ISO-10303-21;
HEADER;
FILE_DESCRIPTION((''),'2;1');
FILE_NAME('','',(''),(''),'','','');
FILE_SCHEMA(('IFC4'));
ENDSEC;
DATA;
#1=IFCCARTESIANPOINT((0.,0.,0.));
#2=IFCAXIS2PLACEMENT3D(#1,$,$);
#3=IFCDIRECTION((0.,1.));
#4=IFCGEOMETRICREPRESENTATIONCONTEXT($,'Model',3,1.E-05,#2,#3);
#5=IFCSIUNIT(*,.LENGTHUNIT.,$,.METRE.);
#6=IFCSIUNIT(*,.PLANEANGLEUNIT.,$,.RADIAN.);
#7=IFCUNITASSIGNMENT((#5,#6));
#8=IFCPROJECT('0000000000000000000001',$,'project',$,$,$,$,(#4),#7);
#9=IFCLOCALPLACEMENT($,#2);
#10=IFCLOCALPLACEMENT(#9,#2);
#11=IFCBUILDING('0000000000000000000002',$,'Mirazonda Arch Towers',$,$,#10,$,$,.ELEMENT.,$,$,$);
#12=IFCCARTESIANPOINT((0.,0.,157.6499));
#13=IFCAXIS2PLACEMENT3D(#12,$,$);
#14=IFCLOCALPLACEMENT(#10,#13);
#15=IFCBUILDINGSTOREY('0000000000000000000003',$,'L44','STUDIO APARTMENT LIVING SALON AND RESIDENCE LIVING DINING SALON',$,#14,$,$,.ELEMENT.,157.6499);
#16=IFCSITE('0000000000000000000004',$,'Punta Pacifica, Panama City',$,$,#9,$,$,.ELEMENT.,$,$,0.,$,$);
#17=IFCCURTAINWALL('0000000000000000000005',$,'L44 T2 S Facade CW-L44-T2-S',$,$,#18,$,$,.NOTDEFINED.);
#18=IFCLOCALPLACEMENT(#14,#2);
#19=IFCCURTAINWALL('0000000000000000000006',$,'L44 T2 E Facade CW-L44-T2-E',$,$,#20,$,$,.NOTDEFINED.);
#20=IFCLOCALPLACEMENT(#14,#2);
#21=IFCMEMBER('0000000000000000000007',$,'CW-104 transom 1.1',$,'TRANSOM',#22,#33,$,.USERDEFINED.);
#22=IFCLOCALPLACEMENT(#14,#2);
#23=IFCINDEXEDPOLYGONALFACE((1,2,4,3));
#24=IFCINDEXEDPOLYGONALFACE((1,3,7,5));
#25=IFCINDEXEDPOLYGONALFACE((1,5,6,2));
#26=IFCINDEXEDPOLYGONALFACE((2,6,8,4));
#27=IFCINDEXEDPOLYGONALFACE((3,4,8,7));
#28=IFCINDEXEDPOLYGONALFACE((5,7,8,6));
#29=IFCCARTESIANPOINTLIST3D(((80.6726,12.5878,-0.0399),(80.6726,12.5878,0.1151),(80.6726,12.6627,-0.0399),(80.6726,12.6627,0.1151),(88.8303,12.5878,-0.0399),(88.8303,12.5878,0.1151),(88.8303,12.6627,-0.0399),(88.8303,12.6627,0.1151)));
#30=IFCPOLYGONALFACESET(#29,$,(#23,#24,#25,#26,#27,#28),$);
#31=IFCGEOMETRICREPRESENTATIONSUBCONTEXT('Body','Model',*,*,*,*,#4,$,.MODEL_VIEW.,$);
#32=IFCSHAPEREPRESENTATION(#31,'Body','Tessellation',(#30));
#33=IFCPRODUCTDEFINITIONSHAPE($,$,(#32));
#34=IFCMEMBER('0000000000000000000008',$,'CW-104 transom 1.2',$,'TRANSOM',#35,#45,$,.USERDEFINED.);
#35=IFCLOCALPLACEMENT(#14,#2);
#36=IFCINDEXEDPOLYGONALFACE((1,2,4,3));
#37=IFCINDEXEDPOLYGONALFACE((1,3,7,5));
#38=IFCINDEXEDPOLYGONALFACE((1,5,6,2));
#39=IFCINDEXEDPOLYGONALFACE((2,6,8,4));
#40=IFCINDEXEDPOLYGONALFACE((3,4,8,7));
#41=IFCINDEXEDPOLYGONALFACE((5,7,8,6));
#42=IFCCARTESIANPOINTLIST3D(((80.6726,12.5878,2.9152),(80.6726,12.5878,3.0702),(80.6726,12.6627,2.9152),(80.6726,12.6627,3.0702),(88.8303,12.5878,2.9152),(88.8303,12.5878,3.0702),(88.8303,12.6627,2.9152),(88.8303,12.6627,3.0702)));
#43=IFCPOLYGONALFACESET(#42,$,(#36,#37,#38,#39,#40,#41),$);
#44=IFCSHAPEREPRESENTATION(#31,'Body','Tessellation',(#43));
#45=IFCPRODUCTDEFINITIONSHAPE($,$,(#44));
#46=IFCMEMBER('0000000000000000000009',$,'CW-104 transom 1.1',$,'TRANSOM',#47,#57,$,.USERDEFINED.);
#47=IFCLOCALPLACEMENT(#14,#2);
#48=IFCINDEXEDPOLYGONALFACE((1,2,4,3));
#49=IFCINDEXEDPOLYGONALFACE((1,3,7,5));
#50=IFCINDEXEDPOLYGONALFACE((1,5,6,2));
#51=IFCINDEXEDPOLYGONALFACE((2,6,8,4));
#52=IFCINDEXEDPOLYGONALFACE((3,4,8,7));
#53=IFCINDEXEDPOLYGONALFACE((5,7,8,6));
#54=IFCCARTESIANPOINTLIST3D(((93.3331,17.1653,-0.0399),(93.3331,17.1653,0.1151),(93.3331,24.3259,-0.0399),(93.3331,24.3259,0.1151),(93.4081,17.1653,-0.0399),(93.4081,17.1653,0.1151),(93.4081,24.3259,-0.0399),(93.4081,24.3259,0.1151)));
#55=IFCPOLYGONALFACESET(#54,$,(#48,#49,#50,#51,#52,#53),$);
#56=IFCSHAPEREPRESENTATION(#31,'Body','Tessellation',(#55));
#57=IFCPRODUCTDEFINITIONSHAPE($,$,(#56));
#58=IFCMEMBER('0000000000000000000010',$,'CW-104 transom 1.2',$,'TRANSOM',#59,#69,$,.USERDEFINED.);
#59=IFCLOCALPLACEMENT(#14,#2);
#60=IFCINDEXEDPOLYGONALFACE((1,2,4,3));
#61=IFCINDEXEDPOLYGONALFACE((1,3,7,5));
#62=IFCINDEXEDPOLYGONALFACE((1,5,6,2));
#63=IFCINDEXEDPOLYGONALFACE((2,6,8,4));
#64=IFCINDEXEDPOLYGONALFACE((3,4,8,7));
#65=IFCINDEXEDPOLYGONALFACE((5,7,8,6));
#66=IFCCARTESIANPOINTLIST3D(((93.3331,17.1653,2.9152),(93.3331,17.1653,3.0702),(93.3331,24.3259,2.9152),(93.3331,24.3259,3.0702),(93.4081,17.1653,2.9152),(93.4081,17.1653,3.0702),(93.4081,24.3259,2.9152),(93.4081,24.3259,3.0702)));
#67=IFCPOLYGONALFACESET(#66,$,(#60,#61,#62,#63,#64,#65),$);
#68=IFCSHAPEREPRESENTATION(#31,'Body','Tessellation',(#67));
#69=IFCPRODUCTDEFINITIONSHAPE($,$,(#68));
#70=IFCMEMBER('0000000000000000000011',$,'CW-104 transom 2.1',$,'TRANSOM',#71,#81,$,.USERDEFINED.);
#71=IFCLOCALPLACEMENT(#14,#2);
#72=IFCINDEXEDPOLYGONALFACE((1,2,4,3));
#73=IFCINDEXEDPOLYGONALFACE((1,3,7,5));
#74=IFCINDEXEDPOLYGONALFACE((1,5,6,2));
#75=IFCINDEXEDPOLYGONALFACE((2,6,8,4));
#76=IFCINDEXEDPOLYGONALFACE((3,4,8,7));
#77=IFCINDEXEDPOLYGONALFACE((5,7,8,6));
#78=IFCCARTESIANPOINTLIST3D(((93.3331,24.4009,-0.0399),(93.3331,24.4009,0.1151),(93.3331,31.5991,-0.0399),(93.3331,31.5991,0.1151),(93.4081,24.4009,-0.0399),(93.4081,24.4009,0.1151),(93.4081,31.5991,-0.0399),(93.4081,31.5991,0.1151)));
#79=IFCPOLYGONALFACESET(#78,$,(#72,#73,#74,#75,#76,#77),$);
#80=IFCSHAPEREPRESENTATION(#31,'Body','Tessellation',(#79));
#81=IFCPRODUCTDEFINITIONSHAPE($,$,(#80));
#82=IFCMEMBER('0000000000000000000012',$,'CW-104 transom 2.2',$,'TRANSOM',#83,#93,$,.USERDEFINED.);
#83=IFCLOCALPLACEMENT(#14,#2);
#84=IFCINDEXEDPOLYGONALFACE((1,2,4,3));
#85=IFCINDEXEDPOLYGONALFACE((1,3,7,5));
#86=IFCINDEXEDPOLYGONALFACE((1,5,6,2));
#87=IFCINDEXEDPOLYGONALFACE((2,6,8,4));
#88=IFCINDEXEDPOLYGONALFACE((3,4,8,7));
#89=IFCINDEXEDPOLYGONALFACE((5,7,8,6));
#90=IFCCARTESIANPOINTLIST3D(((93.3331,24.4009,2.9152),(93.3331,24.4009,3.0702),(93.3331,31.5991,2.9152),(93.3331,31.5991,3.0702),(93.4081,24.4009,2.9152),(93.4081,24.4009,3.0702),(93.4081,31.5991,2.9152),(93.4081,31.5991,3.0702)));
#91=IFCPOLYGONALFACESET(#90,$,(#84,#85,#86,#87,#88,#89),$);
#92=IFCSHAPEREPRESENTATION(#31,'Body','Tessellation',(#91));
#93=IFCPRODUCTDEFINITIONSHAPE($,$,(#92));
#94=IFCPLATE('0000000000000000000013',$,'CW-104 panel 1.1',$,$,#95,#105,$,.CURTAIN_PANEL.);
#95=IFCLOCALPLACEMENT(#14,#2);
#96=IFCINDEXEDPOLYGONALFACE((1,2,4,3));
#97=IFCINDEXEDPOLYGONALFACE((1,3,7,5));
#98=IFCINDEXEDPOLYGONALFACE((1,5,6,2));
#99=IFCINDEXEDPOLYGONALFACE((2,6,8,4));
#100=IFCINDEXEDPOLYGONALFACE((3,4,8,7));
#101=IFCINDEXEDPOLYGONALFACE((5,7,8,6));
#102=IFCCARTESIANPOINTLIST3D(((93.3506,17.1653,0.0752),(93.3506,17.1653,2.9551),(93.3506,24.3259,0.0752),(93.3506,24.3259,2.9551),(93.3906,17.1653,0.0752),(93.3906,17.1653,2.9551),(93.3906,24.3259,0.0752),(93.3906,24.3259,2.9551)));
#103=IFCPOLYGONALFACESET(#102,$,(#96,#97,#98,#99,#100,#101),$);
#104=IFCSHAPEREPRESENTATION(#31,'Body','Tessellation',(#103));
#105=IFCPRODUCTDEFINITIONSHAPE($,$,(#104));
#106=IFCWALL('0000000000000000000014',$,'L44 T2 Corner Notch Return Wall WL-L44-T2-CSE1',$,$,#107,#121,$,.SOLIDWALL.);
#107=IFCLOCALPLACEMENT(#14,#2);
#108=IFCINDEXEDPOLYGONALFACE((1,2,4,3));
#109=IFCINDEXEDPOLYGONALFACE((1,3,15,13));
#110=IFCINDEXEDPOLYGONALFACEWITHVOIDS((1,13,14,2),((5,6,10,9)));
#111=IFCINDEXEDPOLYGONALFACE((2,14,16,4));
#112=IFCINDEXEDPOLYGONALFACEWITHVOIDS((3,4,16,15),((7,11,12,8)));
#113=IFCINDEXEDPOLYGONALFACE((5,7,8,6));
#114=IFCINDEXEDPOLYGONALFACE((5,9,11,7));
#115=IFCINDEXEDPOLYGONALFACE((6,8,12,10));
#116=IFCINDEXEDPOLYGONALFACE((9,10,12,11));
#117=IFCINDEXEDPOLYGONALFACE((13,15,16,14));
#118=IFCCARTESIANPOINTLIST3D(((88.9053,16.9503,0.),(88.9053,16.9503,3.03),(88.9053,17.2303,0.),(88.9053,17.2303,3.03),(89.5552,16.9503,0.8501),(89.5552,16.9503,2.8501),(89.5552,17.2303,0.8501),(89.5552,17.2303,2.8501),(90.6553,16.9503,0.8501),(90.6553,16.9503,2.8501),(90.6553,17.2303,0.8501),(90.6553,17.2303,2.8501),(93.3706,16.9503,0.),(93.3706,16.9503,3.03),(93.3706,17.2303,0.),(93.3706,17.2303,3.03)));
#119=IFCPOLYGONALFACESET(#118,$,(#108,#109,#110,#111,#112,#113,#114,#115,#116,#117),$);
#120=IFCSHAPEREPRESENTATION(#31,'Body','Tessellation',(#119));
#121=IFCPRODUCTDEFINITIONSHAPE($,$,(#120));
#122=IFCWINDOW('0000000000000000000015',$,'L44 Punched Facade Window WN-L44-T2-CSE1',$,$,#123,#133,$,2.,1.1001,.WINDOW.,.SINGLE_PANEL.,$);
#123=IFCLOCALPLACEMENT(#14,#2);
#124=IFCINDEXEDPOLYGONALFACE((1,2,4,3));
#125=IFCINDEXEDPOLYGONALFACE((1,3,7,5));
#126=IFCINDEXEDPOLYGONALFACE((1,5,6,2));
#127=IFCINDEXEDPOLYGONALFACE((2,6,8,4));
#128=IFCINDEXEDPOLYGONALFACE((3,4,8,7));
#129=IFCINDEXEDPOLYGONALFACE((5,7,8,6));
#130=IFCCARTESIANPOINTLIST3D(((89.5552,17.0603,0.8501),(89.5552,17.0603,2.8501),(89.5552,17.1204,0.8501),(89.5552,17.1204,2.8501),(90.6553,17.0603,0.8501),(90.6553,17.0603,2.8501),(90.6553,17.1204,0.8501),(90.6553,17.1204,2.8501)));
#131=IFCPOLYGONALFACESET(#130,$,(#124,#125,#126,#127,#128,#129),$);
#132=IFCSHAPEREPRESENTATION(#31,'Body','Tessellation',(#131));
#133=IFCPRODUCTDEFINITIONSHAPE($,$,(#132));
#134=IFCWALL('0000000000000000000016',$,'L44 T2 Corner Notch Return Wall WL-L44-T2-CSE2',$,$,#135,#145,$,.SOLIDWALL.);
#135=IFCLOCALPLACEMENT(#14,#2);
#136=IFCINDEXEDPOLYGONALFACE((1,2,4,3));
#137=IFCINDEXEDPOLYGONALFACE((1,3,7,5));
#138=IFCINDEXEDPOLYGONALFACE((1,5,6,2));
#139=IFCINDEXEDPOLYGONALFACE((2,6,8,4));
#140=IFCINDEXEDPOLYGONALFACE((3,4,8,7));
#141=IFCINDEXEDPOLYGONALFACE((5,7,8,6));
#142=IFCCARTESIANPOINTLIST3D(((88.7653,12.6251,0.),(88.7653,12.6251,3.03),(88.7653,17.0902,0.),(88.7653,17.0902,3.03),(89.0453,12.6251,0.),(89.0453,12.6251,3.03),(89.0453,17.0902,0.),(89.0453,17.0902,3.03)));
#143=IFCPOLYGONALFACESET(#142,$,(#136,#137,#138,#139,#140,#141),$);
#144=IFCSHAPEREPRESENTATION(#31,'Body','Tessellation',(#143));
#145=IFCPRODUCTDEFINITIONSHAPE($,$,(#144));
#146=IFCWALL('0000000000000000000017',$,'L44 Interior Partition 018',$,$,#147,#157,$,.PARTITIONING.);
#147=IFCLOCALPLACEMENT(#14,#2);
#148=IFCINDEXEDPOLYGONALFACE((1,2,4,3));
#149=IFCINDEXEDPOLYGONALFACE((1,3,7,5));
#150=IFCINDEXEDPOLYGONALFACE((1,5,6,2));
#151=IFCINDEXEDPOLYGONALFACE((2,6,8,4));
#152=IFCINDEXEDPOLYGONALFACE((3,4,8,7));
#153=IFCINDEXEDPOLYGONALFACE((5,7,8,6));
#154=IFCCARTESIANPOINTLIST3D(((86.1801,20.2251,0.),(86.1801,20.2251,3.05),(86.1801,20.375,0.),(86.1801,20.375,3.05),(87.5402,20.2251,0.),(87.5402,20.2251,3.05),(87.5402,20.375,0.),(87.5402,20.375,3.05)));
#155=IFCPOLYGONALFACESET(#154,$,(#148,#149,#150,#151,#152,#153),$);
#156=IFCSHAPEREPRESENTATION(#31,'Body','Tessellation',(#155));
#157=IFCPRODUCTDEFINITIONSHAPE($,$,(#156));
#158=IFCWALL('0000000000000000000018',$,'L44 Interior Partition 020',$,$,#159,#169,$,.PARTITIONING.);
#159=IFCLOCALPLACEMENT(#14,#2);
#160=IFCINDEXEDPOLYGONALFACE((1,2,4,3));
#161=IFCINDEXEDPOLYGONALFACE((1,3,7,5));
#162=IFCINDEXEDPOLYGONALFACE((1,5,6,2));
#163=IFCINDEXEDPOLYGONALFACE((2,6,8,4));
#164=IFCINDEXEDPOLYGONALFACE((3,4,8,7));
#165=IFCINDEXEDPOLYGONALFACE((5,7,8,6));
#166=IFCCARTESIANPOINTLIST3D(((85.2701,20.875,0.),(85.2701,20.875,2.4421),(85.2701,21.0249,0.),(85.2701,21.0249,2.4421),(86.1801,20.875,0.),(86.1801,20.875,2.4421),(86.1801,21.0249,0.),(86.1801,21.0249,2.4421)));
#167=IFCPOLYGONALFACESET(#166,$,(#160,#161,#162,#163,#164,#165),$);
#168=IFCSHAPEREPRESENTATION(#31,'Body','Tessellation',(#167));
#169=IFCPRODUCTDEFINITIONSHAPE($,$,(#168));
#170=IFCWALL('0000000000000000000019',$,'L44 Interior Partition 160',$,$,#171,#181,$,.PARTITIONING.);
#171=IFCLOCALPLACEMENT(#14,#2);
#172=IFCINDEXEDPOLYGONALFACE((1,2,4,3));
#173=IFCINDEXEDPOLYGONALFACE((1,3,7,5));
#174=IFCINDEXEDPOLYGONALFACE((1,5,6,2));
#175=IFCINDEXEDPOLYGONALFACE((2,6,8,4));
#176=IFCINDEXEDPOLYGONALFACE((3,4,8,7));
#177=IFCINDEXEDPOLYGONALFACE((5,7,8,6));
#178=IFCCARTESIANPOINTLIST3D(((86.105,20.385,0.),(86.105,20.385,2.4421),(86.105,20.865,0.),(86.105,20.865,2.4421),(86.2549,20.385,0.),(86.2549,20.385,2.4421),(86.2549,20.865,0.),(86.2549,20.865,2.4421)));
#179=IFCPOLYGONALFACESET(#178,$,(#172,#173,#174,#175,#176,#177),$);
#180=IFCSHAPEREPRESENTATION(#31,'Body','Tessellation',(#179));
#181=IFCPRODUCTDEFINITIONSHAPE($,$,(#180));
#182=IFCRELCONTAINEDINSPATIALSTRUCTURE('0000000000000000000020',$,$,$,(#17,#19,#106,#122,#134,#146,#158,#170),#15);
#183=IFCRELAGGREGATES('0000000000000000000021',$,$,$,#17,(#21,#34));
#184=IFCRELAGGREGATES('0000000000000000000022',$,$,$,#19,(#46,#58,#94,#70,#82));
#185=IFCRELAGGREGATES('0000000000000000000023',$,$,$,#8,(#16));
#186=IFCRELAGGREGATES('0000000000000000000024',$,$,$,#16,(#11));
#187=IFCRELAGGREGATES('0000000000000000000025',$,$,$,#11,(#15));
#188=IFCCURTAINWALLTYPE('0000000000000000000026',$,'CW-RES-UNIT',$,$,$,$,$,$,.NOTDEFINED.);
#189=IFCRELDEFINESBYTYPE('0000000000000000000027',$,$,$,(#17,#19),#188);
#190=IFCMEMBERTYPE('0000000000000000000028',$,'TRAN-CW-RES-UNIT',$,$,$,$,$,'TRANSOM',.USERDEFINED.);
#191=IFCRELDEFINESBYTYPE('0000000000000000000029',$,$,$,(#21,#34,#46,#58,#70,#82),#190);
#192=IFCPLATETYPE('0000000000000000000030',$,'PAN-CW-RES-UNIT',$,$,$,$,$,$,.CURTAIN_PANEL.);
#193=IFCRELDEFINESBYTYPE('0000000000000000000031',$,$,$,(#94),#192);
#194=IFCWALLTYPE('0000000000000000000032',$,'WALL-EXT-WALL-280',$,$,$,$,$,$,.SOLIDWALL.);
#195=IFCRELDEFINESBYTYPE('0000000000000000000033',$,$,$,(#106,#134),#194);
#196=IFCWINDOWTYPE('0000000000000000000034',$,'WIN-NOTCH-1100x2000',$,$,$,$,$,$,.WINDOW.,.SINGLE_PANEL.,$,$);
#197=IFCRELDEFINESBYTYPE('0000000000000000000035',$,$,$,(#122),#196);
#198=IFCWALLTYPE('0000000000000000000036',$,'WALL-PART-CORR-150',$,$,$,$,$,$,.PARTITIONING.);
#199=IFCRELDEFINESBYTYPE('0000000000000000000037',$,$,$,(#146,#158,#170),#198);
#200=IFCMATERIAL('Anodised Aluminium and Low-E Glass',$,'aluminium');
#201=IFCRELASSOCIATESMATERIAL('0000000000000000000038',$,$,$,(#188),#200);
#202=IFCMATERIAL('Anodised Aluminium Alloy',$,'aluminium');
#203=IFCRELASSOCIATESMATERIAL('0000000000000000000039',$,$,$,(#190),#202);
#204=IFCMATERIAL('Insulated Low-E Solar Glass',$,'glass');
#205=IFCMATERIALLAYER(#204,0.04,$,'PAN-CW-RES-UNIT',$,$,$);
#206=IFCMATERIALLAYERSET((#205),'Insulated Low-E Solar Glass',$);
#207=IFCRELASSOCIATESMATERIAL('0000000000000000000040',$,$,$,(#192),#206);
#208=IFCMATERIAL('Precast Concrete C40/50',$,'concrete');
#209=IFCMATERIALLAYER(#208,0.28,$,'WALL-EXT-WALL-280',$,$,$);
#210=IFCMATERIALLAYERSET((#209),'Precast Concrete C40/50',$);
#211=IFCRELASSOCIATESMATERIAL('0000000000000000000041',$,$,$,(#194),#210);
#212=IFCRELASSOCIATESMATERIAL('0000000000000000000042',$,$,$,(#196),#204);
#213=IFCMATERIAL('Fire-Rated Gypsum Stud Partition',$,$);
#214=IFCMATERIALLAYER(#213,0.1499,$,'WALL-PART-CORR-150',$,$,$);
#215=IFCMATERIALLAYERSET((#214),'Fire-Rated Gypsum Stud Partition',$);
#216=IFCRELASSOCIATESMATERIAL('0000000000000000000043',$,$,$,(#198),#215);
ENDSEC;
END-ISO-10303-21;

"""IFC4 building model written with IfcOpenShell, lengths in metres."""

from ifc_helpers import new_model, si_unit, direction, frame, frame_2d, origin, origin_2d, place, context, subcontext, project, spatial, rectangle, extrude, material, layer, layer_set, material_profile, profile_set, type_object, element, fill, aggregate, save


model = new_model("IFC4")

# Units and contexts
model_context = context("Model", 3, precision=1e-05, world=origin(), true_north=direction((0.0, 1.0)))
body_context = subcontext(model_context, "Body", "Model", "MODEL_VIEW")
ifc_project = project(units=[si_unit("LENGTHUNIT", "METRE"), si_unit("PLANEANGLEUNIT", "RADIAN")], contexts=[model_context])

# Site, building, storey
site_placement = place(None, origin())
site = spatial("IfcSite", under=ifc_project, at=site_placement, Name="Punta Pacifica, Panama City", CompositionType="ELEMENT", RefElevation=0.0)
building_placement = place(site_placement, origin())
building = spatial("IfcBuilding", under=site, at=building_placement, Name="Mirazonda Arch Towers", CompositionType="ELEMENT")
storey_placement = place(building_placement, frame((0.0, 0.0, 157.6499)))
storey = spatial("IfcBuildingStorey", under=building, at=storey_placement, Name="L44", Description="STUDIO APARTMENT LIVING SALON AND RESIDENCE LIVING DINING SALON", CompositionType="ELEMENT", Elevation=157.6499)

# Curtain wall
ifc_material_1 = material(Name="Anodised Aluminium and Low-E Glass", Category="aluminium")
curtain_wall_type = type_object("IfcCurtainWallType", Name="CW-RES-UNIT", PredefinedType="NOTDEFINED", material=ifc_material_1)
curtain_wall_1_placement = place(storey_placement, origin())
curtain_wall_1 = element("IfcCurtainWall", 1, at=curtain_wall_1_placement, inside=storey, type_object=curtain_wall_type, Name="L44 T2 S Facade CW-L44-T2-S", PredefinedType="NOTDEFINED")
ifc_material_2 = material(Name="Anodised Aluminium Alloy", Category="aluminium")

# Curtain wall
curtain_wall_2_placement = place(storey_placement, origin())
curtain_wall_2 = element("IfcCurtainWall", 2, at=curtain_wall_2_placement, inside=storey, type_object=curtain_wall_type, Name="L44 T2 E Facade CW-L44-T2-E", PredefinedType="NOTDEFINED")

# Members
ifc_material_profile_1 = material_profile(ifc_material_2, rectangle(XDim=0.075, YDim=0.155, at=origin_2d()), Name="ALU-TRAN-75x155")
ifc_profile_set_1 = profile_set([ifc_material_profile_1], Name="Anodised Aluminium Alloy")
member_type_1 = type_object("IfcMemberType", Name="TRAN-CW-RES-UNIT", ElementType="TRANSOM", PredefinedType="USERDEFINED", material=ifc_profile_set_1)
member_1_placement = place(storey_placement, frame((88.8303, 12.6252, 0.0376), z_axis=(-1.0, 0.0, 0.0), x_axis=(0.0, -1.0, 0.0)))
member_1 = element("IfcMember", 3, at=member_1_placement, type_object=member_type_1, Name="CW-104 transom 1.1", ObjectType="TRANSOM", PredefinedType="USERDEFINED", context=body_context, shape_type="SweptSolid", body=[
    extrude(rectangle(XDim=0.075, YDim=0.155, at=origin_2d()), origin(), (0.0, 0.0, 1.0), 8.1577),
])
member_2_placement = place(storey_placement, frame((88.8303, 12.6252, 2.9927), z_axis=(-1.0, 0.0, 0.0), x_axis=(0.0, -1.0, 0.0)))
member_2 = element("IfcMember", 4, at=member_2_placement, type_object=member_type_1, Name="CW-104 transom 1.2", ObjectType="TRANSOM", PredefinedType="USERDEFINED", context=body_context, shape_type="SweptSolid", body=[
    extrude(rectangle(XDim=0.075, YDim=0.155, at=origin_2d()), origin(), (0.0, 0.0, 1.0), 8.1577),
])
aggregate(curtain_wall_1, [member_1, member_2])
member_3_placement = place(storey_placement, frame((93.3706, 17.1653, 0.0376), z_axis=(0.0, 1.0, 0.0), x_axis=(-1.0, 0.0, 0.0)))
member_3 = element("IfcMember", 5, at=member_3_placement, type_object=member_type_1, Name="CW-104 transom 1.1", ObjectType="TRANSOM", PredefinedType="USERDEFINED", context=body_context, shape_type="SweptSolid", body=[
    extrude(rectangle(XDim=0.075, YDim=0.155, at=origin_2d()), origin(), (0.0, 0.0, 1.0), 7.1606),
])
member_4_placement = place(storey_placement, frame((93.3706, 17.1653, 2.9927), z_axis=(0.0, 1.0, 0.0), x_axis=(-1.0, 0.0, 0.0)))
member_4 = element("IfcMember", 6, at=member_4_placement, type_object=member_type_1, Name="CW-104 transom 1.2", ObjectType="TRANSOM", PredefinedType="USERDEFINED", context=body_context, shape_type="SweptSolid", body=[
    extrude(rectangle(XDim=0.075, YDim=0.155, at=origin_2d()), origin(), (0.0, 0.0, 1.0), 7.1606),
])
member_5_placement = place(storey_placement, frame((93.3706, 24.4009, 0.0376), z_axis=(0.0, 1.0, 0.0), x_axis=(-1.0, 0.0, 0.0)))
member_5 = element("IfcMember", 7, at=member_5_placement, type_object=member_type_1, Name="CW-104 transom 2.1", ObjectType="TRANSOM", PredefinedType="USERDEFINED", context=body_context, shape_type="SweptSolid", body=[
    extrude(rectangle(XDim=0.075, YDim=0.155, at=origin_2d()), origin(), (0.0, 0.0, 1.0), 7.1982),
])
member_6_placement = place(storey_placement, frame((93.3706, 24.4009, 2.9927), z_axis=(0.0, 1.0, 0.0), x_axis=(-1.0, 0.0, 0.0)))
member_6 = element("IfcMember", 8, at=member_6_placement, type_object=member_type_1, Name="CW-104 transom 2.2", ObjectType="TRANSOM", PredefinedType="USERDEFINED", context=body_context, shape_type="SweptSolid", body=[
    extrude(rectangle(XDim=0.075, YDim=0.155, at=origin_2d()), origin(), (0.0, 0.0, 1.0), 7.1982),
])

# Plate
ifc_material_3 = material(Name="Insulated Low-E Solar Glass", Category="glass")
ifc_layer_1 = layer(ifc_material_3, 0.04, Name="PAN-CW-RES-UNIT")
ifc_layer_set_1 = layer_set([ifc_layer_1], Name="Insulated Low-E Solar Glass")
plate_type = type_object("IfcPlateType", Name="PAN-CW-RES-UNIT", PredefinedType="CURTAIN_PANEL", material=ifc_layer_set_1)
plate_placement = place(storey_placement, frame((93.3706, 20.7456, 0.0752), z_axis=(0.0, 0.0, 1.0), x_axis=(0.0, 1.0, 0.0)))
plate = element("IfcPlate", 9, at=plate_placement, type_object=plate_type, Name="CW-104 panel 1.1", PredefinedType="CURTAIN_PANEL", context=body_context, shape_type="SweptSolid", body=[
    extrude(rectangle(XDim=7.1606, YDim=0.04, at=origin_2d()), origin(), (0.0, 0.0, 1.0), 2.8799),
])
aggregate(curtain_wall_2, [member_3, member_4, plate, member_5, member_6])

# Wall, opening, window
ifc_material_4 = material(Name="Precast Concrete C40/50", Category="concrete")
ifc_layer_2 = layer(ifc_material_4, 0.28, Name="WALL-EXT-WALL-280")
ifc_layer_set_2 = layer_set([ifc_layer_2], Name="Precast Concrete C40/50")
wall_type_1 = type_object("IfcWallType", Name="WALL-EXT-WALL-280", PredefinedType="SOLIDWALL", material=ifc_layer_set_2)
wall_1_placement = place(storey_placement, frame((88.9053, 17.0903, 0.0), z_axis=(0.0, 0.0, 1.0), x_axis=(1.0, 0.0, 0.0)))
wall_1 = element("IfcWall", 10, at=wall_1_placement, inside=storey, type_object=wall_type_1, Name="L44 T2 Corner Notch Return Wall WL-L44-T2-CSE1", PredefinedType="SOLIDWALL", context=body_context, shape_type="SweptSolid", body=[
    extrude(rectangle(XDim=4.4653, YDim=0.28, at=frame_2d((2.2327, 0.0))), origin(), (0.0, 0.0, 1.0), 3.03),
])
opening_1_placement = place(wall_1_placement, frame((0.6499, 0.0, 0.8501)))
opening_1 = element("IfcOpeningElement", 11, at=opening_1_placement, cuts=wall_1, PredefinedType="OPENING", context=body_context, shape_type="SweptSolid", body=[
    extrude(rectangle(XDim=1.1001, YDim=2.0, at=frame_2d((0.55, 1.0))), frame((0.0, 0.1499, 0.0), z_axis=(0.0, -1.0, 0.0), x_axis=(1.0, 0.0, 0.0)), (0.0, 0.0, 1.0), 0.3),
])
window_type = type_object("IfcWindowType", Name="WIN-NOTCH-1100x2000", PartitioningType="SINGLE_PANEL", PredefinedType="WINDOW", material=ifc_material_3)
window_placement = place(opening_1_placement, origin())
window = element("IfcWindow", 12, at=window_placement, inside=storey, type_object=window_type, Name="L44 Punched Facade Window WN-L44-T2-CSE1", OverallHeight=2.0, OverallWidth=1.1001, PartitioningType="SINGLE_PANEL", PredefinedType="WINDOW", context=body_context, shape_type="SweptSolid", body=[
    extrude(rectangle(XDim=1.1001, YDim=2.0, at=frame_2d((0.55, 1.0))), frame((0.0, 0.03, 0.0), z_axis=(0.0, -1.0, 0.0), x_axis=(1.0, 0.0, 0.0)), (0.0, 0.0, 1.0), 0.0601),
])
fill(opening_1, window)

# Walls
wall_2_placement = place(storey_placement, frame((88.9053, 12.6252, 0.0), z_axis=(0.0, 0.0, 1.0), x_axis=(0.0, 1.0, 0.0)))
element("IfcWall", 13, at=wall_2_placement, inside=storey, type_object=wall_type_1, Name="L44 T2 Corner Notch Return Wall WL-L44-T2-CSE2", PredefinedType="SOLIDWALL", context=body_context, shape_type="SweptSolid", body=[
    extrude(rectangle(XDim=4.4651, YDim=0.28, at=frame_2d((2.2324, 0.0))), origin(), (0.0, 0.0, 1.0), 3.03),
])
ifc_material_5 = material(Name="Fire-Rated Gypsum Stud Partition")
ifc_layer_3 = layer(ifc_material_5, 0.1499, Name="WALL-PART-CORR-150")
ifc_layer_set_3 = layer_set([ifc_layer_3], Name="Fire-Rated Gypsum Stud Partition")
wall_type_2 = type_object("IfcWallType", Name="WALL-PART-CORR-150", PredefinedType="PARTITIONING", material=ifc_layer_set_3)
wall_3_placement = place(storey_placement, frame((86.1799, 20.3, 0.0), z_axis=(0.0, 0.0, 1.0), x_axis=(1.0, 0.0, 0.0)))
element("IfcWall", 14, at=wall_3_placement, inside=storey, type_object=wall_type_2, Name="L44 Interior Partition 018", PredefinedType="PARTITIONING", context=body_context, shape_type="SweptSolid", body=[
    extrude(rectangle(XDim=1.3601, YDim=0.1499, at=frame_2d((0.6802, 0.0))), origin(), (0.0, 0.0, 1.0), 3.05),
])
wall_4_placement = place(storey_placement, frame((85.27, 20.95, 0.0), z_axis=(0.0, 0.0, 1.0), x_axis=(1.0, 0.0, 0.0)))
element("IfcWall", 15, at=wall_4_placement, inside=storey, type_object=wall_type_2, Name="L44 Interior Partition 020", PredefinedType="PARTITIONING", context=body_context, shape_type="SweptSolid", body=[
    extrude(rectangle(XDim=0.9099, YDim=0.1499, at=frame_2d((0.4551, 0.0))), origin(), (0.0, 0.0, 1.0), 2.4421),
])
wall_5_placement = place(storey_placement, frame((86.1799, 20.385, 0.0), z_axis=(0.0, 0.0, 1.0), x_axis=(0.0, 1.0, 0.0)))
element("IfcWall", 16, at=wall_5_placement, inside=storey, type_object=wall_type_2, Name="L44 Interior Partition 160", PredefinedType="PARTITIONING", context=body_context, shape_type="SweptSolid", body=[
    extrude(rectangle(XDim=0.48, YDim=0.1499, at=frame_2d((0.24, 0.0))), origin(), (0.0, 0.0, 1.0), 2.4421),
])

save(model, "model.ifc")
